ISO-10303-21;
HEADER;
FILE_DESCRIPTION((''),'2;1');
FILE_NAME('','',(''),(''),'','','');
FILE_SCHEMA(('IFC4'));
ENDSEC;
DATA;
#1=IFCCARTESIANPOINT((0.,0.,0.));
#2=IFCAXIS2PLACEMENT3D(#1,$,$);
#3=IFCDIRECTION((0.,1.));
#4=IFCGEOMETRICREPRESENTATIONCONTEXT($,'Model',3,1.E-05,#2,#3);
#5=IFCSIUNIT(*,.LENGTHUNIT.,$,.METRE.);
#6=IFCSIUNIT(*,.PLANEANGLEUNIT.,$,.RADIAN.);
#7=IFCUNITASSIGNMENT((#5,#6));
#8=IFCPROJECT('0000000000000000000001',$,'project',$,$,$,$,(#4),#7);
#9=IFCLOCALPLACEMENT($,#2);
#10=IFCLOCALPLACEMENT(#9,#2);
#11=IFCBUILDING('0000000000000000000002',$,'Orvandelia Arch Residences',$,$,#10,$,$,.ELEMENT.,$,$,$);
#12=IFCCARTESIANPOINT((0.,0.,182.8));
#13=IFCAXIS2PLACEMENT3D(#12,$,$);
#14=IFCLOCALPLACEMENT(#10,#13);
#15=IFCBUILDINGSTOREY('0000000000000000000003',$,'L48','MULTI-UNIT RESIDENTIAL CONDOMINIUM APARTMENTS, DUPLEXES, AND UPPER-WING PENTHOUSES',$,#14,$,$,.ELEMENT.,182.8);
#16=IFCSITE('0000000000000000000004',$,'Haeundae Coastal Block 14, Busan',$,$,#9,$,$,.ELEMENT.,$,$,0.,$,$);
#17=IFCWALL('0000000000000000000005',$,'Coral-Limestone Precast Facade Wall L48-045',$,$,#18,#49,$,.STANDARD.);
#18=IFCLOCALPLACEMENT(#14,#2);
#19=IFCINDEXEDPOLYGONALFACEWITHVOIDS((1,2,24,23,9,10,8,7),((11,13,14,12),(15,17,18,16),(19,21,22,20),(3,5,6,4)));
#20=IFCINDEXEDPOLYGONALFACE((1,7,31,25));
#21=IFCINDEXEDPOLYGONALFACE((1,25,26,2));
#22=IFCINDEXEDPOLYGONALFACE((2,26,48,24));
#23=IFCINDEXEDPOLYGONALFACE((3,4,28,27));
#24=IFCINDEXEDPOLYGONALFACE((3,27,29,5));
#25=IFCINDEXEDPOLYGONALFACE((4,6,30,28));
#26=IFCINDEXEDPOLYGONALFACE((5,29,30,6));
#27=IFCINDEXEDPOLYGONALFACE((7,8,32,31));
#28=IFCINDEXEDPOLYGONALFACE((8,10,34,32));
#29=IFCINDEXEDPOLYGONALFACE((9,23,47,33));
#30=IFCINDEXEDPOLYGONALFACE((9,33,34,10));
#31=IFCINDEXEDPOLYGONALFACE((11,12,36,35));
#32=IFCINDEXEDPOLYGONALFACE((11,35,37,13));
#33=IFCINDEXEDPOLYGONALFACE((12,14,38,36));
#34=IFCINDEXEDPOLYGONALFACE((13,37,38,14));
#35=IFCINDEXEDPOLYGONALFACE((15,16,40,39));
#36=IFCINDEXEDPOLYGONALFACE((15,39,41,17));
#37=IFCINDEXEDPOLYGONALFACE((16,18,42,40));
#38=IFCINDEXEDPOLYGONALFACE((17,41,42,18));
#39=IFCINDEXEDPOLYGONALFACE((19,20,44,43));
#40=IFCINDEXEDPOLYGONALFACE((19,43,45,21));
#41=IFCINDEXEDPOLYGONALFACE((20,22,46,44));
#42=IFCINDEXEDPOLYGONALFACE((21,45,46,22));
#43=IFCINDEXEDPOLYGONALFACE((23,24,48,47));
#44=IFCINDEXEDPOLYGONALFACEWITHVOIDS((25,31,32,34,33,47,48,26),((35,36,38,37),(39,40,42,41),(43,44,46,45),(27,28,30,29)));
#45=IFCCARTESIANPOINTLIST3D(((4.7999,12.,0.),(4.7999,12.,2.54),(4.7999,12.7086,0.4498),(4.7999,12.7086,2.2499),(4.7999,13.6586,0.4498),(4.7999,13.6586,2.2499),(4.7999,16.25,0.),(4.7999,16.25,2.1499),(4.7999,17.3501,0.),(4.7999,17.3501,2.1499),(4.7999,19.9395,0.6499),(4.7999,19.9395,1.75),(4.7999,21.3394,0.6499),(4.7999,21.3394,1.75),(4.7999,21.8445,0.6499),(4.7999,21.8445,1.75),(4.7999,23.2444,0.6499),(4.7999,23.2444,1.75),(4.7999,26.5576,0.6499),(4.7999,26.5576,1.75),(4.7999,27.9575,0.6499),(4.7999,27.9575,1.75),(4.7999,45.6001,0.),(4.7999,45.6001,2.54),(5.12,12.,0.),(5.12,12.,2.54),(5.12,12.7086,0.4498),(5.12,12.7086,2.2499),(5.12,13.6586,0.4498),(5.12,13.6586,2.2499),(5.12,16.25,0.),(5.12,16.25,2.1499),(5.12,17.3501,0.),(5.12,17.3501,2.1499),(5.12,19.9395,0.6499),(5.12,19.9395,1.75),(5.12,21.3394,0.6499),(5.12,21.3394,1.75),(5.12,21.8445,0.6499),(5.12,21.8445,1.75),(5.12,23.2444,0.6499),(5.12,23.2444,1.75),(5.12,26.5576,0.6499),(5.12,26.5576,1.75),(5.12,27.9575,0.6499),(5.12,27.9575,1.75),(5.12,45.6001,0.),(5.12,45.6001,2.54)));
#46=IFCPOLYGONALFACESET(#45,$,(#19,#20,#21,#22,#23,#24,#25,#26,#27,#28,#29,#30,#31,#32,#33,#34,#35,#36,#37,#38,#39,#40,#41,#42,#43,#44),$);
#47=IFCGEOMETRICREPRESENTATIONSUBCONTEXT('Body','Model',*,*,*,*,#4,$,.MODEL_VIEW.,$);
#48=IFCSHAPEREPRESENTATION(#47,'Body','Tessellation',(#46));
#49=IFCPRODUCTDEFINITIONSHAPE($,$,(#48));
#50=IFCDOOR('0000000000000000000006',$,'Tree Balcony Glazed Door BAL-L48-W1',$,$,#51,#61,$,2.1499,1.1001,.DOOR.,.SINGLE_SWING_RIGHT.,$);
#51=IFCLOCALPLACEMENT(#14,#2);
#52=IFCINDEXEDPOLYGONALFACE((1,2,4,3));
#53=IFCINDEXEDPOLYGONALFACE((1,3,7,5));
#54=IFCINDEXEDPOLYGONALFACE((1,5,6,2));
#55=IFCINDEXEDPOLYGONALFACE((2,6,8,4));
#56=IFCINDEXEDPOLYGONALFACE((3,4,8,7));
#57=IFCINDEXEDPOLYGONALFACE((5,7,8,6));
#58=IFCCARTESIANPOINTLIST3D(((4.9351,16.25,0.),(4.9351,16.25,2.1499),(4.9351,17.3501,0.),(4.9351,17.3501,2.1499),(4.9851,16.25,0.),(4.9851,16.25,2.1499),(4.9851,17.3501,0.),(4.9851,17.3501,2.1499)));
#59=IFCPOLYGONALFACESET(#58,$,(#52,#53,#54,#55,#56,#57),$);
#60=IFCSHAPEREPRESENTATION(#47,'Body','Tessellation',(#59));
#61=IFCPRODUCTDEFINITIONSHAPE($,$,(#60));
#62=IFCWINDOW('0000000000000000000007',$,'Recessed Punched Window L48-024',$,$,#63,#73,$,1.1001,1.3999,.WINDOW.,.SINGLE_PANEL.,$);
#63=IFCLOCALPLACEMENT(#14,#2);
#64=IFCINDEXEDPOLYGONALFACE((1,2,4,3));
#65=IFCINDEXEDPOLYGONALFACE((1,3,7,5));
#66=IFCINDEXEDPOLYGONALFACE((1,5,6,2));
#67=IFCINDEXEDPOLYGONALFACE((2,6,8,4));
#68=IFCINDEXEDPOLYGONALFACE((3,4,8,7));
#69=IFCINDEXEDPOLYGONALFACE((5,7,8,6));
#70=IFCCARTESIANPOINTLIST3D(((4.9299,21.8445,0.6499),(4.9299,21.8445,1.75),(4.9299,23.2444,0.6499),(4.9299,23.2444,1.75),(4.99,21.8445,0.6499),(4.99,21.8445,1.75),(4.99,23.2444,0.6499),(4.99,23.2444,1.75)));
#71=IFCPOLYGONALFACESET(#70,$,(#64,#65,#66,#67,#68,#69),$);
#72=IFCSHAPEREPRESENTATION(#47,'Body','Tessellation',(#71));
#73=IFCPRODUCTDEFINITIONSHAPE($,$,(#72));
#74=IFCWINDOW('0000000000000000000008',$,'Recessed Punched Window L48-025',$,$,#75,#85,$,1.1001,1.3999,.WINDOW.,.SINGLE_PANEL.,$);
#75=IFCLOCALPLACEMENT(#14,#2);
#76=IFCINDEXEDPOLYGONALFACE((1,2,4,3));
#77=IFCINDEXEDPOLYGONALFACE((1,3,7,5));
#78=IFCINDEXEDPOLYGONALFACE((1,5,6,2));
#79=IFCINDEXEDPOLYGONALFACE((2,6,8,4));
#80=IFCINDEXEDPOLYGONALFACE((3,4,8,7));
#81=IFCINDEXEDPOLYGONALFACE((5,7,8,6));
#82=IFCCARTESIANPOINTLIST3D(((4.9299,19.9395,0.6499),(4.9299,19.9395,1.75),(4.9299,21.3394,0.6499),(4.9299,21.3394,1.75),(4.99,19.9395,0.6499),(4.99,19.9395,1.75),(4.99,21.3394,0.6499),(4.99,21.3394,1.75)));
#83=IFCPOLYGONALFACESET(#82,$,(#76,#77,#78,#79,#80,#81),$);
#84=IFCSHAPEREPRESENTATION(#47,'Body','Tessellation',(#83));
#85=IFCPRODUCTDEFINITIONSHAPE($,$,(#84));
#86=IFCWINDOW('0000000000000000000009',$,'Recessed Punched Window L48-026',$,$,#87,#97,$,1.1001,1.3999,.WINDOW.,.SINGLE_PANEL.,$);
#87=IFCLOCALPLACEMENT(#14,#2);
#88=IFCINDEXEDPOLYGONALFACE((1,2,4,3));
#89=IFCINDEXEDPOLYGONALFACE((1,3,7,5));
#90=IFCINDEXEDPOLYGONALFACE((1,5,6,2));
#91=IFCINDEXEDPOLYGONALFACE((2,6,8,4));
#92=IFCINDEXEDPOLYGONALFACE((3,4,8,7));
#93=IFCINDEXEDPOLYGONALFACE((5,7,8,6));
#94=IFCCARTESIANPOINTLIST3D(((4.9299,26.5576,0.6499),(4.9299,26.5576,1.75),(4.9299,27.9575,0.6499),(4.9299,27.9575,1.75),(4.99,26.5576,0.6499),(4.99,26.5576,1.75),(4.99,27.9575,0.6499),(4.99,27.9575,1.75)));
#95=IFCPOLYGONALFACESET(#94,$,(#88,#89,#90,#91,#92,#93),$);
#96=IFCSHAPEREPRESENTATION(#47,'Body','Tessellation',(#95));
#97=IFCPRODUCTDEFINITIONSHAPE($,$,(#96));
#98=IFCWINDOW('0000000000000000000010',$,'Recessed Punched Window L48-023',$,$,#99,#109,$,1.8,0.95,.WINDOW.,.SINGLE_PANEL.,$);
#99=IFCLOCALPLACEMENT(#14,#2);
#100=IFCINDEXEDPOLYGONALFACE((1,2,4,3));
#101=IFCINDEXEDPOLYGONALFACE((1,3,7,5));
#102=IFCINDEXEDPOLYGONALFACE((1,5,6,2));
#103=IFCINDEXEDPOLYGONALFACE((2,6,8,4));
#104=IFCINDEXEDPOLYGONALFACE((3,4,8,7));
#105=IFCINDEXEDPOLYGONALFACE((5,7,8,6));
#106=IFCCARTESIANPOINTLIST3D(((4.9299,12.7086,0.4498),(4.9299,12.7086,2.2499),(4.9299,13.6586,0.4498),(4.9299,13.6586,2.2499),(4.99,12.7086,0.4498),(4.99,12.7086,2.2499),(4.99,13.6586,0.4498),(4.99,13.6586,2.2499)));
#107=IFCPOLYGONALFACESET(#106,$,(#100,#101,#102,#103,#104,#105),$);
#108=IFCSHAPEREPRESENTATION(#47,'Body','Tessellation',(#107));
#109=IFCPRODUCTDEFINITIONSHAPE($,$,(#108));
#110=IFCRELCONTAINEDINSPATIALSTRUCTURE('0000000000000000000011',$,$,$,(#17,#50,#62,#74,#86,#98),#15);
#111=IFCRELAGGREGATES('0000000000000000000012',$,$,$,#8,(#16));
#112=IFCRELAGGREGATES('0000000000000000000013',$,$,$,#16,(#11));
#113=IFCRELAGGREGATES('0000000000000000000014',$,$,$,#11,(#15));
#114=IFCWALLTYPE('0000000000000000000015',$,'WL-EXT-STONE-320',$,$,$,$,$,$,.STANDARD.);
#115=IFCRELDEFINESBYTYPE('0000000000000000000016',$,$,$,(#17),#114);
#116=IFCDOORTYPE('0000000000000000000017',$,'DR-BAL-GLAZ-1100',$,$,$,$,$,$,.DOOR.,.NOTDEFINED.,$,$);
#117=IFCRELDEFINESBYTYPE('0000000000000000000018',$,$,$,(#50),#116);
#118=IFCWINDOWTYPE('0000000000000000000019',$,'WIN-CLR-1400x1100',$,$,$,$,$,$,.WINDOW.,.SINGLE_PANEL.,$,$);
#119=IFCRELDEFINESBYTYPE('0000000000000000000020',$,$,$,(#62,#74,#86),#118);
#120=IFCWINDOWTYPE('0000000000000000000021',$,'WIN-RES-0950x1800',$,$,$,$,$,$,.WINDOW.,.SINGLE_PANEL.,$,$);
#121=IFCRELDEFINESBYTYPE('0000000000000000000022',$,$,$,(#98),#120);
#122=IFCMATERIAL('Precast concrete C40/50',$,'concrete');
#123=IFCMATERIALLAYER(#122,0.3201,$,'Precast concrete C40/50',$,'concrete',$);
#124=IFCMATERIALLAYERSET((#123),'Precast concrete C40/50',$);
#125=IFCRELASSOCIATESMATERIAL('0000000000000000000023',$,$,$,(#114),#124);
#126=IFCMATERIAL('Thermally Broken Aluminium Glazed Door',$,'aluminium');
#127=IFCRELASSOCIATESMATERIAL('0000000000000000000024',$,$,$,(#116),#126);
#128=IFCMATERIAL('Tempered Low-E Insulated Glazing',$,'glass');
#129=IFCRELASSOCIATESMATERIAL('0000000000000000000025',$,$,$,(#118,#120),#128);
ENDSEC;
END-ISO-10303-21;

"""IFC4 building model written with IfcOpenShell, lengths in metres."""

from ifc_helpers import new_model, si_unit, direction, frame, frame_2d, origin, place, context, subcontext, project, spatial, rectangle, extrude, material, layer, layer_set, type_object, element, fill, save


model = new_model("IFC4")

# Units and contexts
model_context = context("Model", 3, precision=1e-05, world=origin(), true_north=direction((0.0, 1.0)))
body_context = subcontext(model_context, "Body", "Model", "MODEL_VIEW")
ifc_project = project(units=[si_unit("LENGTHUNIT", "METRE"), si_unit("PLANEANGLEUNIT", "RADIAN")], contexts=[model_context])

# Site, building, storey
site_placement = place(None, origin())
site = spatial("IfcSite", under=ifc_project, at=site_placement, Name="Haeundae Coastal Block 14, Busan", CompositionType="ELEMENT", RefElevation=0.0)
building_placement = place(site_placement, origin())
building = spatial("IfcBuilding", under=site, at=building_placement, Name="Orvandelia Arch Residences", CompositionType="ELEMENT")
storey_placement = place(building_placement, frame((0.0, 0.0, 182.8)))
storey = spatial("IfcBuildingStorey", under=building, at=storey_placement, Name="L48", Description="MULTI-UNIT RESIDENTIAL CONDOMINIUM APARTMENTS, DUPLEXES, AND UPPER-WING PENTHOUSES", CompositionType="ELEMENT", Elevation=182.8)

# Shared definitions
ifc_material_1 = material(Name="Precast concrete C40/50", Category="concrete")

# Shared definitions
ifc_layer_1 = layer(ifc_material_1, 0.3201, Name="Precast concrete C40/50", Category="concrete")
ifc_layer_set_1 = layer_set([ifc_layer_1], Name="Precast concrete C40/50")
wall_type_1 = type_object("IfcWallType", Name="WL-EXT-STONE-320", PredefinedType="STANDARD", material=ifc_layer_set_1)

# Wall, openings, door, windows
wall_1_placement = place(storey_placement, frame((4.96, 12.0, 0.0), z_axis=(0.0, 0.0, 1.0), x_axis=(0.0, 1.0, 0.0)))
wall_1 = element("IfcWall", 1, at=wall_1_placement, inside=storey, type_object=wall_type_1, Name="Coral-Limestone Precast Facade Wall L48-045", PredefinedType="STANDARD", context=body_context, shape_type="SweptSolid", body=[
    extrude(rectangle(XDim=33.6001, YDim=0.3201, at=frame_2d((16.8, 0.0))), origin(), (0.0, 0.0, 1.0), 2.54),
])
opening_1_placement = place(wall_1_placement, frame((4.25, 0.0, 0.0)))
opening_1 = element("IfcOpeningElement", 2, at=opening_1_placement, cuts=wall_1, PredefinedType="OPENING", context=body_context, shape_type="SweptSolid", body=[
    extrude(rectangle(XDim=1.1001, YDim=2.1499, at=frame_2d((0.55, 1.075))), frame((0.0, 0.1699, 0.0), z_axis=(0.0, -1.0, 0.0), x_axis=(1.0, 0.0, 0.0)), (0.0, 0.0, 1.0), 0.3401),
])
opening_2_placement = place(wall_1_placement, frame((0.7085, 0.0, 0.45)))
opening_2 = element("IfcOpeningElement", 3, at=opening_2_placement, cuts=wall_1, PredefinedType="OPENING", context=body_context, shape_type="SweptSolid", body=[
    extrude(rectangle(XDim=0.95, YDim=1.8, at=frame_2d((0.4751, 0.8999))), frame((0.0, 0.1699, 0.0), z_axis=(0.0, -1.0, 0.0), x_axis=(1.0, 0.0, 0.0)), (0.0, 0.0, 1.0), 0.3401),
])
opening_3_placement = place(wall_1_placement, frame((9.8445, 0.0, 0.6499)))
opening_3 = element("IfcOpeningElement", 4, at=opening_3_placement, cuts=wall_1, PredefinedType="OPENING", context=body_context, shape_type="SweptSolid", body=[
    extrude(rectangle(XDim=1.3999, YDim=1.1001, at=frame_2d((0.7, 0.55))), frame((0.0, 0.1699, 0.0), z_axis=(0.0, -1.0, 0.0), x_axis=(1.0, 0.0, 0.0)), (0.0, 0.0, 1.0), 0.3401),
])
opening_4_placement = place(wall_1_placement, frame((7.9395, 0.0, 0.6499)))
opening_4 = element("IfcOpeningElement", 5, at=opening_4_placement, cuts=wall_1, PredefinedType="OPENING", context=body_context, shape_type="SweptSolid", body=[
    extrude(rectangle(XDim=1.3999, YDim=1.1001, at=frame_2d((0.7, 0.55))), frame((0.0, 0.1699, 0.0), z_axis=(0.0, -1.0, 0.0), x_axis=(1.0, 0.0, 0.0)), (0.0, 0.0, 1.0), 0.3401),
])
opening_5_placement = place(wall_1_placement, frame((14.5576, 0.0, 0.6499)))
opening_5 = element("IfcOpeningElement", 6, at=opening_5_placement, cuts=wall_1, PredefinedType="OPENING", context=body_context, shape_type="SweptSolid", body=[
    extrude(rectangle(XDim=1.3999, YDim=1.1001, at=frame_2d((0.7, 0.55))), frame((0.0, 0.1699, 0.0), z_axis=(0.0, -1.0, 0.0), x_axis=(1.0, 0.0, 0.0)), (0.0, 0.0, 1.0), 0.3401),
])
ifc_material_2 = material(Name="Thermally Broken Aluminium Glazed Door", Category="aluminium")
door_type_1 = type_object("IfcDoorType", Name="DR-BAL-GLAZ-1100", OperationType="NOTDEFINED", PredefinedType="DOOR", material=ifc_material_2)
door_1_placement = place(opening_1_placement, origin())
door_1 = element("IfcDoor", 7, at=door_1_placement, inside=storey, type_object=door_type_1, Name="Tree Balcony Glazed Door BAL-L48-W1", OperationType="SINGLE_SWING_RIGHT", OverallHeight=2.1499, OverallWidth=1.1001, PredefinedType="DOOR", context=body_context, shape_type="SweptSolid", body=[
    extrude(rectangle(XDim=1.1001, YDim=2.1499, at=frame_2d((0.55, 1.075))), frame((0.0, 0.0249, 0.0), z_axis=(0.0, -1.0, 0.0), x_axis=(1.0, 0.0, 0.0)), (0.0, 0.0, 1.0), 0.05),
])
fill(opening_1, door_1)
ifc_material_3 = material(Name="Tempered Low-E Insulated Glazing", Category="glass")
window_type_1 = type_object("IfcWindowType", Name="WIN-CLR-1400x1100", PartitioningType="SINGLE_PANEL", PredefinedType="WINDOW", material=ifc_material_3)
window_1_placement = place(opening_3_placement, origin())
window_1 = element("IfcWindow", 8, at=window_1_placement, inside=storey, type_object=window_type_1, Name="Recessed Punched Window L48-024", OverallHeight=1.1001, OverallWidth=1.3999, PartitioningType="SINGLE_PANEL", PredefinedType="WINDOW", context=body_context, shape_type="SweptSolid", body=[
    extrude(rectangle(XDim=1.3999, YDim=1.1001, at=frame_2d((0.7, 0.55))), frame((0.0, 0.03, 0.0), z_axis=(0.0, -1.0, 0.0), x_axis=(1.0, 0.0, 0.0)), (0.0, 0.0, 1.0), 0.0601),
])
fill(opening_3, window_1)
window_2_placement = place(opening_4_placement, origin())
window_2 = element("IfcWindow", 9, at=window_2_placement, inside=storey, type_object=window_type_1, Name="Recessed Punched Window L48-025", OverallHeight=1.1001, OverallWidth=1.3999, PartitioningType="SINGLE_PANEL", PredefinedType="WINDOW", context=body_context, shape_type="SweptSolid", body=[
    extrude(rectangle(XDim=1.3999, YDim=1.1001, at=frame_2d((0.7, 0.55))), frame((0.0, 0.03, 0.0), z_axis=(0.0, -1.0, 0.0), x_axis=(1.0, 0.0, 0.0)), (0.0, 0.0, 1.0), 0.0601),
])
fill(opening_4, window_2)
window_3_placement = place(opening_5_placement, origin())
window_3 = element("IfcWindow", 10, at=window_3_placement, inside=storey, type_object=window_type_1, Name="Recessed Punched Window L48-026", OverallHeight=1.1001, OverallWidth=1.3999, PartitioningType="SINGLE_PANEL", PredefinedType="WINDOW", context=body_context, shape_type="SweptSolid", body=[
    extrude(rectangle(XDim=1.3999, YDim=1.1001, at=frame_2d((0.7, 0.55))), frame((0.0, 0.03, 0.0), z_axis=(0.0, -1.0, 0.0), x_axis=(1.0, 0.0, 0.0)), (0.0, 0.0, 1.0), 0.0601),
])
fill(opening_5, window_3)
window_type_2 = type_object("IfcWindowType", Name="WIN-RES-0950x1800", PartitioningType="SINGLE_PANEL", PredefinedType="WINDOW", material=ifc_material_3)
window_4_placement = place(opening_2_placement, origin())
window_4 = element("IfcWindow", 11, at=window_4_placement, inside=storey, type_object=window_type_2, Name="Recessed Punched Window L48-023", OverallHeight=1.8, OverallWidth=0.95, PartitioningType="SINGLE_PANEL", PredefinedType="WINDOW", context=body_context, shape_type="SweptSolid", body=[
    extrude(rectangle(XDim=0.95, YDim=1.8, at=frame_2d((0.4751, 0.8999))), frame((0.0, 0.03, 0.0), z_axis=(0.0, -1.0, 0.0), x_axis=(1.0, 0.0, 0.0)), (0.0, 0.0, 1.0), 0.0601),
])
fill(opening_2, window_4)

save(model, "model.ifc")
